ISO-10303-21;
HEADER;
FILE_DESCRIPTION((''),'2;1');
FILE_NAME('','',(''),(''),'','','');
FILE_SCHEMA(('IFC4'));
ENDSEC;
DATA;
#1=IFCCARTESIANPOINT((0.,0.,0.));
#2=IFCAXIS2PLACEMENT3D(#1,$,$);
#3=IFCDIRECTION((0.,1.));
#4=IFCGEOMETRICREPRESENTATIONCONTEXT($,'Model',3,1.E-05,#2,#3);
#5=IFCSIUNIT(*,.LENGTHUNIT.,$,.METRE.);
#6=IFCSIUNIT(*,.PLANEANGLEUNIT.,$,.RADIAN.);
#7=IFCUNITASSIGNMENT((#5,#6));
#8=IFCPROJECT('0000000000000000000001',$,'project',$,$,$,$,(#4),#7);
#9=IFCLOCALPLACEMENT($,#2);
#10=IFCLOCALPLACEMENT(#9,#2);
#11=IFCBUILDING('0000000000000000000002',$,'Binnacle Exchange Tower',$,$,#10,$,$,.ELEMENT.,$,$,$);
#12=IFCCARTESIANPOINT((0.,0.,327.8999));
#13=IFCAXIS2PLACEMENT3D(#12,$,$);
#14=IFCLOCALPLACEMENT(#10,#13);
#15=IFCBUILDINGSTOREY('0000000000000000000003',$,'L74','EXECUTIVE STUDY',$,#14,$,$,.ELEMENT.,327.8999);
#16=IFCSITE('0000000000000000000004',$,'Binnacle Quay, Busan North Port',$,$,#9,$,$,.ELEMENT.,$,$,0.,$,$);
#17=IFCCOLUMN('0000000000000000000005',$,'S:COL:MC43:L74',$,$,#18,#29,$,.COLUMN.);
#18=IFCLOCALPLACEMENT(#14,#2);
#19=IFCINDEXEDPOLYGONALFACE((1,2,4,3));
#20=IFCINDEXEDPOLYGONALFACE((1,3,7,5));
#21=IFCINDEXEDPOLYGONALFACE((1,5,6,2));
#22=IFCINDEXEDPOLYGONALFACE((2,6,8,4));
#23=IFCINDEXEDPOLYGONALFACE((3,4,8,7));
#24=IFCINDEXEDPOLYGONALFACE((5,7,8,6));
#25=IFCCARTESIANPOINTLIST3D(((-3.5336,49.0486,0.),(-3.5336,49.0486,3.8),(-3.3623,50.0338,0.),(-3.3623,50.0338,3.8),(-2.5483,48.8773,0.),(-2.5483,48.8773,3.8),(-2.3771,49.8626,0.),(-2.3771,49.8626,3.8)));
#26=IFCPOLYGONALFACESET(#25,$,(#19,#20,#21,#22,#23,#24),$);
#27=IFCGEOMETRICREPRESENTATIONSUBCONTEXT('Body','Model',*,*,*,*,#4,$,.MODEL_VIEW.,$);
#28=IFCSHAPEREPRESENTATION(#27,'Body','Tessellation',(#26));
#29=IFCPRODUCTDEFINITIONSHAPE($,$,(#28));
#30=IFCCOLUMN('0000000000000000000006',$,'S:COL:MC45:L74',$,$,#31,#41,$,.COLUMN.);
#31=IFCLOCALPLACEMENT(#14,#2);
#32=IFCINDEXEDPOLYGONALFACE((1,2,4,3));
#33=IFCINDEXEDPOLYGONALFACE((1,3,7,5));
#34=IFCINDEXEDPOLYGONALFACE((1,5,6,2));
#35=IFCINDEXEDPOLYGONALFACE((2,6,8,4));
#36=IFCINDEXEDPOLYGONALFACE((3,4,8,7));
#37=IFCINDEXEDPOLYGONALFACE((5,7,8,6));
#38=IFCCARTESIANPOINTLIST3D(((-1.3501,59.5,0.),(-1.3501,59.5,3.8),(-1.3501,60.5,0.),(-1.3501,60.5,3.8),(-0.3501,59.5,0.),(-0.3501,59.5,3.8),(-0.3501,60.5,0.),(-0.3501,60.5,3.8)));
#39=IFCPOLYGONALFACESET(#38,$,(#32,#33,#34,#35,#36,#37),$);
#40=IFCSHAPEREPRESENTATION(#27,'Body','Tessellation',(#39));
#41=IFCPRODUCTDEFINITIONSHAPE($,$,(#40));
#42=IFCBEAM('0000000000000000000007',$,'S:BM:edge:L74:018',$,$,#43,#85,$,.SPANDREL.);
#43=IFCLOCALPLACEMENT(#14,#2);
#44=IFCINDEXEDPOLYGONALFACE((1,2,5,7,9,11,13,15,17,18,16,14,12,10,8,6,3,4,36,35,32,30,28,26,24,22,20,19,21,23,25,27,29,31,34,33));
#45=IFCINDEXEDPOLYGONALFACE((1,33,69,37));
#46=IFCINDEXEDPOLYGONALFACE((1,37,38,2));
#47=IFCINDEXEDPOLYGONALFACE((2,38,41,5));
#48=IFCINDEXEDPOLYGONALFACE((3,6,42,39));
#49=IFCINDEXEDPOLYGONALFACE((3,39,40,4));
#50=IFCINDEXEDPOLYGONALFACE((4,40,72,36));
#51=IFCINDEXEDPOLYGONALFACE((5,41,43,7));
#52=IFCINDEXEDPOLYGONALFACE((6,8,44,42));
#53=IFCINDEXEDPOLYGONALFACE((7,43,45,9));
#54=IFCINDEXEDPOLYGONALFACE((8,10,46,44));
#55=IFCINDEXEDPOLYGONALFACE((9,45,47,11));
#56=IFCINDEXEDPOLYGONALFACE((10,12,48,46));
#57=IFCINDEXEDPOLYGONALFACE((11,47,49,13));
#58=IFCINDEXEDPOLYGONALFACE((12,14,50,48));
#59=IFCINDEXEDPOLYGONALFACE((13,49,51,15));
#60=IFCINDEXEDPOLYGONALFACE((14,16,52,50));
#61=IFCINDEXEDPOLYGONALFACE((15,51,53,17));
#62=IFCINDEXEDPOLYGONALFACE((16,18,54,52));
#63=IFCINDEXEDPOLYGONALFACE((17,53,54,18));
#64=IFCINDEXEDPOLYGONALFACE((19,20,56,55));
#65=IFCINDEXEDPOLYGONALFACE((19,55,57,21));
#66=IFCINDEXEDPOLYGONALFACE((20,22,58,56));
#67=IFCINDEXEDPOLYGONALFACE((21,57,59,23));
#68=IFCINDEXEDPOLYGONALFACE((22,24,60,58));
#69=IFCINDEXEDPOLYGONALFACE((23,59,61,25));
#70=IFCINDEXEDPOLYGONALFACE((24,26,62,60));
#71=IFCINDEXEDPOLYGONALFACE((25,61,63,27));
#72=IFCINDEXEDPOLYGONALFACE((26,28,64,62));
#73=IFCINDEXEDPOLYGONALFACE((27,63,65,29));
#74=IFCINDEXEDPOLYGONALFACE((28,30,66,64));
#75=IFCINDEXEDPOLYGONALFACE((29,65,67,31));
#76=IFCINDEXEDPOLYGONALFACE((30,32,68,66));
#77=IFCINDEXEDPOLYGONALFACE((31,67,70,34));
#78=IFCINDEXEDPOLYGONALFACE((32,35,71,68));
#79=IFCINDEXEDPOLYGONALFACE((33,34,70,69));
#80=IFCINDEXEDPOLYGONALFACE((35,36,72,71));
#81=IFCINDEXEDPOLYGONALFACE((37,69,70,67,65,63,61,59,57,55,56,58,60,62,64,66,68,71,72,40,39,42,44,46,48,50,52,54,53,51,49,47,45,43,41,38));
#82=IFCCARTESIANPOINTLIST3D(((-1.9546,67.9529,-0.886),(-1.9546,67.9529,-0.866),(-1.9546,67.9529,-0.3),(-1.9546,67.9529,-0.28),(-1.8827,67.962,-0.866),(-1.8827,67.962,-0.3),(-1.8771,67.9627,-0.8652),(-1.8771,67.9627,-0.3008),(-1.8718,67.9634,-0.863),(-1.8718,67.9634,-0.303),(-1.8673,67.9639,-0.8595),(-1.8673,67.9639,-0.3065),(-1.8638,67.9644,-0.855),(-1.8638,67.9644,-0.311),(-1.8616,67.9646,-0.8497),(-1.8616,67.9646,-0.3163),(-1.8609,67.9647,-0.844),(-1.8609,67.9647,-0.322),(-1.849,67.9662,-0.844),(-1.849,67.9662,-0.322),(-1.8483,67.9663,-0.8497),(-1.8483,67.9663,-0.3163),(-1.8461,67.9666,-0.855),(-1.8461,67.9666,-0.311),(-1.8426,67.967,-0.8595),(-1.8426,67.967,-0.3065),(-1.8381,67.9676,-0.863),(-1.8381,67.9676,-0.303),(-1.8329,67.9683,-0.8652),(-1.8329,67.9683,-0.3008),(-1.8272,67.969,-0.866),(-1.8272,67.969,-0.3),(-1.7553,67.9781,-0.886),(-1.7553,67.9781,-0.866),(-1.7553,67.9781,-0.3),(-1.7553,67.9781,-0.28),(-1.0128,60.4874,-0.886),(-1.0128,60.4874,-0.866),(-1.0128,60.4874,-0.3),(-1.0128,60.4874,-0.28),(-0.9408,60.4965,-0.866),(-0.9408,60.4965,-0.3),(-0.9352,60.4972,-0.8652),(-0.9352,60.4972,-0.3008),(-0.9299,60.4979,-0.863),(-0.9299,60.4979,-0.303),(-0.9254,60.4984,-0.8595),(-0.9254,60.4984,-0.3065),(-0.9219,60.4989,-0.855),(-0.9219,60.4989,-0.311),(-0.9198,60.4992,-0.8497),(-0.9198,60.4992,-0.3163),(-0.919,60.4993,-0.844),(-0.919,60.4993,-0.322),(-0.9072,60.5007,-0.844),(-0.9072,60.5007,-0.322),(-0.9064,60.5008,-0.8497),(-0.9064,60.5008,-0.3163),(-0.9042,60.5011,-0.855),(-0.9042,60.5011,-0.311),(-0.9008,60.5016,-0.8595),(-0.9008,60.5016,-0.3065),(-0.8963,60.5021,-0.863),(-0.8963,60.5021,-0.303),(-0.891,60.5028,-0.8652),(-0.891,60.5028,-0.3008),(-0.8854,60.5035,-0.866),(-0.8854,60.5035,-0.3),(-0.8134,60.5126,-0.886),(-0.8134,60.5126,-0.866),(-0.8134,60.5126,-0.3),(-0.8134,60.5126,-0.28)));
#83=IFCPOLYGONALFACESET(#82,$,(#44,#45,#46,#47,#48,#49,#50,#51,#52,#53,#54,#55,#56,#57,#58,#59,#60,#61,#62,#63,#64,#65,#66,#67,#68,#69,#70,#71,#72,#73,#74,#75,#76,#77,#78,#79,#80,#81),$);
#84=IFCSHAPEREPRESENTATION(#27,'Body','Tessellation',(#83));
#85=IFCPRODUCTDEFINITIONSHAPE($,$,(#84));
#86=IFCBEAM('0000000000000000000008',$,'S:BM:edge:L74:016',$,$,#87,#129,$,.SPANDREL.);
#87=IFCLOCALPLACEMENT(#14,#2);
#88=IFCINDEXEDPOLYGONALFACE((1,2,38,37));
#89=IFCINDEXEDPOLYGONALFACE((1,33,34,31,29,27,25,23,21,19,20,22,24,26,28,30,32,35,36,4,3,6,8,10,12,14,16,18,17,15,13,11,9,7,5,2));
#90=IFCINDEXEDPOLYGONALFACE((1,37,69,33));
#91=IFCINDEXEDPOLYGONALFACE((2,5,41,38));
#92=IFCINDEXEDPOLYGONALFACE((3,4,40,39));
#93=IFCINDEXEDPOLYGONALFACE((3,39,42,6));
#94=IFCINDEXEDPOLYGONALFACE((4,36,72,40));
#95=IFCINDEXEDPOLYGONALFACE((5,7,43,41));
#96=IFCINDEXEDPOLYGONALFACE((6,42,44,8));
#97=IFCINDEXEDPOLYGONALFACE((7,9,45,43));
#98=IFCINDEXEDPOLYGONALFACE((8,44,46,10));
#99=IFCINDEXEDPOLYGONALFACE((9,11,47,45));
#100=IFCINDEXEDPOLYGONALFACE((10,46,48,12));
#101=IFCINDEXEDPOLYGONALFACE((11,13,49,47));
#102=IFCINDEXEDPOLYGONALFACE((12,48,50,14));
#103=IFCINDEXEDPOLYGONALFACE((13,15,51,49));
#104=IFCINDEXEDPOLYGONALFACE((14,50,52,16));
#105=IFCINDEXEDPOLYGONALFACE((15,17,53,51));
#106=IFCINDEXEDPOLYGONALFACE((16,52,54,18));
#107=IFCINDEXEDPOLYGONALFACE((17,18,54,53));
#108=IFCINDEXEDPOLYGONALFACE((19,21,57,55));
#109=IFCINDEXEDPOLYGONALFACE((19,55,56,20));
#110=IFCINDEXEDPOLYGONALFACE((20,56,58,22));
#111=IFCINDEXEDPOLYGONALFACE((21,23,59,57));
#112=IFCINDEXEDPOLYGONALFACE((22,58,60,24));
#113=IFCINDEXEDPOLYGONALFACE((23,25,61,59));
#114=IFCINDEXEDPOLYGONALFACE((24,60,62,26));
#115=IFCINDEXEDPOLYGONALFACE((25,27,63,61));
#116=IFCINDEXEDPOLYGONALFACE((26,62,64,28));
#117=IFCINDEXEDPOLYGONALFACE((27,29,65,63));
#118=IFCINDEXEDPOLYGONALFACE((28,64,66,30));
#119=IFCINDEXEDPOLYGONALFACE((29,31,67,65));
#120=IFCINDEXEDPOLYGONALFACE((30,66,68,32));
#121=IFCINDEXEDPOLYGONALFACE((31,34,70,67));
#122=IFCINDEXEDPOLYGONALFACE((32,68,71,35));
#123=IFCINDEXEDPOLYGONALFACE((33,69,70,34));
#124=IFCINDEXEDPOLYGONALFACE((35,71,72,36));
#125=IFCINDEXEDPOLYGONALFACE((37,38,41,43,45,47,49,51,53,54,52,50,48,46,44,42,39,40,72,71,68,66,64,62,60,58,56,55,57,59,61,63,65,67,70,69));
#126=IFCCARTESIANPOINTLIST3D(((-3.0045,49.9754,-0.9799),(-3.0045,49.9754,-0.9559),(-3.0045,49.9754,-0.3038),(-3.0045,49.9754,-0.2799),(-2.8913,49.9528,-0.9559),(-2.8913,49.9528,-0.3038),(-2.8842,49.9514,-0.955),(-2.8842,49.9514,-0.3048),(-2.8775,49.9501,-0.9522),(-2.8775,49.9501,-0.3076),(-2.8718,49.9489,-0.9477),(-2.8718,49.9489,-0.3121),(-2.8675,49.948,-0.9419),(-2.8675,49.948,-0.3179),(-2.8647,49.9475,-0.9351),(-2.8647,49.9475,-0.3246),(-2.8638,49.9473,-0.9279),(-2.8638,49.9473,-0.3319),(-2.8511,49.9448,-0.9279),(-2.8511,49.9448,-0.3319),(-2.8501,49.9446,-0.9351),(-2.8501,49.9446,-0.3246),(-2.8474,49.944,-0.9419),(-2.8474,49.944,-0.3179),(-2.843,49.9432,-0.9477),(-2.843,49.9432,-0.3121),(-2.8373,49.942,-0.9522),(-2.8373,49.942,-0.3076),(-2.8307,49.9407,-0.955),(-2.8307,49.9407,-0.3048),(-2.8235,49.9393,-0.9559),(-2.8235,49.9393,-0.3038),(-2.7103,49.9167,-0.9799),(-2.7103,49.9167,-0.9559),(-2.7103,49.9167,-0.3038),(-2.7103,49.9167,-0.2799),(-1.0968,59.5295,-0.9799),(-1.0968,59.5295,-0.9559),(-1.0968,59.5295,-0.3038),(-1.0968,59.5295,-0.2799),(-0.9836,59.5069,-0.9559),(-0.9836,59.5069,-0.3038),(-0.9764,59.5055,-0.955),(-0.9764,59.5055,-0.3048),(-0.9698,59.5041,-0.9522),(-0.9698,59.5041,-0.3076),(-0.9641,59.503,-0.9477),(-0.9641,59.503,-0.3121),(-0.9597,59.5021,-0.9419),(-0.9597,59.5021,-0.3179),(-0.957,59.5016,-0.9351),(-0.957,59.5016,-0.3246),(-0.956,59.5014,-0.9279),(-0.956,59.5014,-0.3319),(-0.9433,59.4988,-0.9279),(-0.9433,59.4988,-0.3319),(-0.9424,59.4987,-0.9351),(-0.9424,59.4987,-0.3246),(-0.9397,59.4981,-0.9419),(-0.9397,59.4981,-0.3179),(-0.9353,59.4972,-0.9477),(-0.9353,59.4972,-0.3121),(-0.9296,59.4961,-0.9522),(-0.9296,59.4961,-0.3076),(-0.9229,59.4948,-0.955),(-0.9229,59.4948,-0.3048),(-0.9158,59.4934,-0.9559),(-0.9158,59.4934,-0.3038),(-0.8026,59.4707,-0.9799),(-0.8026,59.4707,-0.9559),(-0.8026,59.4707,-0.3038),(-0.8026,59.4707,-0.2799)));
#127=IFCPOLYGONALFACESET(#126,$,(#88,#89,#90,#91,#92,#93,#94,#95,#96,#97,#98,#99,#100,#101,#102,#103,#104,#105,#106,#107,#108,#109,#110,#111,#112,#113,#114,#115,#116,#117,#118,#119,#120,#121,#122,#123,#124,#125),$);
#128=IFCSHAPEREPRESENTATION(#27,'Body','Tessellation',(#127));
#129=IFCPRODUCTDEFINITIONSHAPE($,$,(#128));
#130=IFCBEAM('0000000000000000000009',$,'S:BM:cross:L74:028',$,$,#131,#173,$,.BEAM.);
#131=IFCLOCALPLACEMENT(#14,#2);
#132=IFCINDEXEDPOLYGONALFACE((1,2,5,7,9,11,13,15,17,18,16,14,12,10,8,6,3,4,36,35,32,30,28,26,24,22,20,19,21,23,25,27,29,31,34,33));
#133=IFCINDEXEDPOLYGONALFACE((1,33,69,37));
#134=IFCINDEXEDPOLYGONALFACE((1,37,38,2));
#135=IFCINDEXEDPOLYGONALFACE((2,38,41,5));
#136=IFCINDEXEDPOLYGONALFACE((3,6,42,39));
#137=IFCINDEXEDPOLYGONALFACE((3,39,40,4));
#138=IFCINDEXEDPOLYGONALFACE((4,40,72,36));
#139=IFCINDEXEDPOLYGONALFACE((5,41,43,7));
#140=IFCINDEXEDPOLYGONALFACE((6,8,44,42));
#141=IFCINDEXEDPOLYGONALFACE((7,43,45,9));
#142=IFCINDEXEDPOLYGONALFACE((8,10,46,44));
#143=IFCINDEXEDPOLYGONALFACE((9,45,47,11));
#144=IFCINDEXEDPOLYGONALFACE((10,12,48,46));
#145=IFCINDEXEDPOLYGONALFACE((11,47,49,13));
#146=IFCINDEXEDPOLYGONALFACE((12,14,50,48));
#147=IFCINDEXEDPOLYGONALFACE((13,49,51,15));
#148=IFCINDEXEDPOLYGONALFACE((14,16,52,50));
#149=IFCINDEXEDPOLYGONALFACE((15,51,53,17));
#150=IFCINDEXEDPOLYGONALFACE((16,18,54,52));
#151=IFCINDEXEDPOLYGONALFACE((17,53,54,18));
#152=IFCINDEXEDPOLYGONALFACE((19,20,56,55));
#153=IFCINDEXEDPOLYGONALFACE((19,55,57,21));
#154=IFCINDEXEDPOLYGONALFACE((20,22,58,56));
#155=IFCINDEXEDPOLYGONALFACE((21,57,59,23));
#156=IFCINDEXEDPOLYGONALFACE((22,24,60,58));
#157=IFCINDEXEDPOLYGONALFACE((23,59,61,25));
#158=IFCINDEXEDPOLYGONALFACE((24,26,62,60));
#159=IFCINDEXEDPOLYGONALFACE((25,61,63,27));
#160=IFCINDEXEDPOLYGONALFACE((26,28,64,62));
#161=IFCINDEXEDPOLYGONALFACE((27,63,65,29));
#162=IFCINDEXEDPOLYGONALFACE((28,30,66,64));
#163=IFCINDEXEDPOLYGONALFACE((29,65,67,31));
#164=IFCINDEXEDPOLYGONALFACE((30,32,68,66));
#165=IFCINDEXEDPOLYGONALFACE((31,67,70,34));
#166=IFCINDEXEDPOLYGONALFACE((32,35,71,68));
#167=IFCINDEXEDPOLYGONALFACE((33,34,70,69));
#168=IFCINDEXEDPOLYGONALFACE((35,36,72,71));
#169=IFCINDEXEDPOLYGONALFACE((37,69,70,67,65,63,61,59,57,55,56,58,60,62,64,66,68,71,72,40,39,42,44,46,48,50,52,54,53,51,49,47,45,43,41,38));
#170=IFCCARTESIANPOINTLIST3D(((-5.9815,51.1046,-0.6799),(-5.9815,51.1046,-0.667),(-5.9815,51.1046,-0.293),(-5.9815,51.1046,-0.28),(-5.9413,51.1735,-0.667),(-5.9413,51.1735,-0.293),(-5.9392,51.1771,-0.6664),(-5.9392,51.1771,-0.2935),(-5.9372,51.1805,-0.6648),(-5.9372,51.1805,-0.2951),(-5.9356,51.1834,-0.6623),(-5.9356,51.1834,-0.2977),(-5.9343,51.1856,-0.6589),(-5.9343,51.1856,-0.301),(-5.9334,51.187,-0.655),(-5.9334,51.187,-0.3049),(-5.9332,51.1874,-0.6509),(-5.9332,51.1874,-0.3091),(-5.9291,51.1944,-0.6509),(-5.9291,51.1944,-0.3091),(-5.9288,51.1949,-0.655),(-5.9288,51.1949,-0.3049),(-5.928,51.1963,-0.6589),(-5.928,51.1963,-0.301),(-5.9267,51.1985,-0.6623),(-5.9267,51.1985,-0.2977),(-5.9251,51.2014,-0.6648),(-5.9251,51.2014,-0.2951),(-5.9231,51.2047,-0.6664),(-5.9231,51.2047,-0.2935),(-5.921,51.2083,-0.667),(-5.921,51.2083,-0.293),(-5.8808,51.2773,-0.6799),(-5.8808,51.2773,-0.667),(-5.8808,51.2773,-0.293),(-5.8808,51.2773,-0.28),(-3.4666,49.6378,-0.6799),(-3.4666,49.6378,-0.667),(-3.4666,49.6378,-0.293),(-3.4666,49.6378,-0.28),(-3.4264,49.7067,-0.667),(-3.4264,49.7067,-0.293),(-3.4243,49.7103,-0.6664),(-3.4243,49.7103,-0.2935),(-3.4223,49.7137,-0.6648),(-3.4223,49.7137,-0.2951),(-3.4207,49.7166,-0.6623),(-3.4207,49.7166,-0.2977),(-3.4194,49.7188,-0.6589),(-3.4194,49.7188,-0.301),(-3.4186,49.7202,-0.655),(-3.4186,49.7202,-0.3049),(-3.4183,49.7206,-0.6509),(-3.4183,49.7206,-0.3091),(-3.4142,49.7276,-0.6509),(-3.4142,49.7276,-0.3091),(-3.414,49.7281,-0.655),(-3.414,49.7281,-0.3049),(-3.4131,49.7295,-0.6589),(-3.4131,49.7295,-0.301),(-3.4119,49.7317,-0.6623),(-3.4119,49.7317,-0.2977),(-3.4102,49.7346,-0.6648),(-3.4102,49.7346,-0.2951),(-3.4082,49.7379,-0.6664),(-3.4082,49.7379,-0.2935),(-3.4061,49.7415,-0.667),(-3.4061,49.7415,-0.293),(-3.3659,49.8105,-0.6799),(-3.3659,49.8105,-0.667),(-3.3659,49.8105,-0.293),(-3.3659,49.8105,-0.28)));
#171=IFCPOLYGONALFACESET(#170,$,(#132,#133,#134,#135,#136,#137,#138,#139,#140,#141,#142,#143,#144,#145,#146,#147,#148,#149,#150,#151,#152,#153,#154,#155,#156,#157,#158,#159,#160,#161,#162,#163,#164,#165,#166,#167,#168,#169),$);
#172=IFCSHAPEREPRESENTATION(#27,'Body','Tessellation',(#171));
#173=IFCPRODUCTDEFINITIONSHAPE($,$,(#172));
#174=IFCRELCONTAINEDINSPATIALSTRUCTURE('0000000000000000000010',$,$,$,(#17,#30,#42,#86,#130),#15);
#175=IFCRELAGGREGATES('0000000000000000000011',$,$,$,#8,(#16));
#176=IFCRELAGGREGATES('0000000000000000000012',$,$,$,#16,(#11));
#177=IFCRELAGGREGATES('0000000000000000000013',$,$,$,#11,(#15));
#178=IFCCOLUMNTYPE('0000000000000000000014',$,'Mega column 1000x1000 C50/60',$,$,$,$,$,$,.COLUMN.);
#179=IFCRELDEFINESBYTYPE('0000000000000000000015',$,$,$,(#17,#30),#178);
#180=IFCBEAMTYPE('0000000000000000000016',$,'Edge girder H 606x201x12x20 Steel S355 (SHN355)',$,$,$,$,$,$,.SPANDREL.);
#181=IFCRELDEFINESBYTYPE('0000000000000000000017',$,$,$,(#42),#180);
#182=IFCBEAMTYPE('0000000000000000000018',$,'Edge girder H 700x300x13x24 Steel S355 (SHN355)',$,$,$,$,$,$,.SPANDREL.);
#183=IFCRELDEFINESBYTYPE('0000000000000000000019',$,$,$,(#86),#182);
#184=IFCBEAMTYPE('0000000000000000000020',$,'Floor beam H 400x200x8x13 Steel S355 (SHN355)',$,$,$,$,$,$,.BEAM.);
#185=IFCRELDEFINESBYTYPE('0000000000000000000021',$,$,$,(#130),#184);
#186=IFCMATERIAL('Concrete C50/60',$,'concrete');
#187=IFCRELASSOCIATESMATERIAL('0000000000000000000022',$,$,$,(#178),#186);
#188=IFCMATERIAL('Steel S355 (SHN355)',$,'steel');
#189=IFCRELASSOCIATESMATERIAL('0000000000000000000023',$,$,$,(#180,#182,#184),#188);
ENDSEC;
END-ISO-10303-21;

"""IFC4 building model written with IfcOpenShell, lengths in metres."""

from ifc_helpers import new_model, si_unit, direction, frame, origin, origin_2d, place, context, subcontext, project, spatial, rectangle, i_section, extrude, material, material_profile, profile_set, type_object, element, save


model = new_model("IFC4")

# Units and contexts
model_context = context("Model", 3, precision=1e-05, world=origin(), true_north=direction((0.0, 1.0)))
body_context = subcontext(model_context, "Body", "Model", "MODEL_VIEW")
ifc_project = project(units=[si_unit("LENGTHUNIT", "METRE"), si_unit("PLANEANGLEUNIT", "RADIAN")], contexts=[model_context])

# Site, building, storey
site_placement = place(None, origin())
site = spatial("IfcSite", under=ifc_project, at=site_placement, Name="Binnacle Quay, Busan North Port", CompositionType="ELEMENT", RefElevation=0.0)
building_placement = place(site_placement, origin())
building = spatial("IfcBuilding", under=site, at=building_placement, Name="Binnacle Exchange Tower", CompositionType="ELEMENT")
storey_placement = place(building_placement, frame((0.0, 0.0, 327.8999)))
storey = spatial("IfcBuildingStorey", under=building, at=storey_placement, Name="L74", Description="EXECUTIVE STUDY", CompositionType="ELEMENT", Elevation=327.8999)

# Columns
ifc_material_1 = material(Name="Concrete C50/60", Category="concrete")
ifc_material_profile_1 = material_profile(ifc_material_1, rectangle(XDim=1.0, YDim=1.0, at=origin_2d()), Name="Mega column 1000x1000 C50/60")
ifc_profile_set_1 = profile_set([ifc_material_profile_1], Name="Concrete C50/60")
column_type = type_object("IfcColumnType", Name="Mega column 1000x1000 C50/60", PredefinedType="COLUMN", material=ifc_profile_set_1)
for number, where, z_axis, x_axis, name in (
    (1, (-2.9553, 49.4556, 0.0), (0.0, 0.0, 1.0), (-0.985226, 0.171259, 0.0), "S:COL:MC43:L74"),
    (2, (-0.8501, 60.0, 0.0), (0.0, 0.0, 1.0), (0.0, 1.0, 0.0), "S:COL:MC45:L74"),
):
    element("IfcColumn", number, at=place(storey_placement, frame(where, z_axis=z_axis, x_axis=x_axis)), inside=storey, type_object=column_type, Name=name, PredefinedType="COLUMN", context=body_context, shape_type="SweptSolid", body=[
        extrude(rectangle(XDim=1.0, YDim=1.0, at=origin_2d()), origin(), (0.0, 0.0, 1.0), 3.8),
    ])

# Beams
ifc_material_2 = material(Name="Steel S355 (SHN355)", Category="steel")
ifc_material_profile_2 = material_profile(ifc_material_2, i_section(OverallWidth=0.2009, OverallDepth=0.606, WebThickness=0.012, FlangeThickness=0.02, FilletRadius=0.022, at=origin_2d()), Name="H 606x201x12x20")
ifc_profile_set_2 = profile_set([ifc_material_profile_2], Name="Steel S355 (SHN355)")
beam_type_1 = type_object("IfcBeamType", Name="Edge girder H 606x201x12x20 Steel S355 (SHN355)", PredefinedType="SPANDREL", material=ifc_profile_set_2)
beam_1_placement = place(storey_placement, frame((-0.9131, 60.5, -0.583), z_axis=(-0.125173, 0.992135, 0.0), x_axis=(-0.992135, -0.125173, 0.0)))
element("IfcBeam", 3, at=beam_1_placement, inside=storey, type_object=beam_type_1, Name="S:BM:edge:L74:018", PredefinedType="SPANDREL", context=body_context, shape_type="SweptSolid", body=[
    extrude(i_section(OverallWidth=0.2009, OverallDepth=0.606, WebThickness=0.012, FlangeThickness=0.02, FilletRadius=0.022, at=origin_2d()), origin(), (0.0, 0.0, 1.0), 7.5247),
])
ifc_material_profile_3 = material_profile(ifc_material_2, i_section(OverallWidth=0.3, OverallDepth=0.7, WebThickness=0.0129, FlangeThickness=0.0239, FilletRadius=0.0281, at=origin_2d()), Name="H 700x300x13x24")
ifc_profile_set_3 = profile_set([ifc_material_profile_3], Name="Steel S355 (SHN355)")
beam_type_2 = type_object("IfcBeamType", Name="Edge girder H 700x300x13x24 Steel S355 (SHN355)", PredefinedType="SPANDREL", material=ifc_profile_set_3)
beam_2_placement = place(storey_placement, frame((-2.8574, 49.946, -0.6299), z_axis=(0.195813, 0.980641, 0.0), x_axis=(-0.980641, 0.195813, 0.0)))
element("IfcBeam", 4, at=beam_2_placement, inside=storey, type_object=beam_type_2, Name="S:BM:edge:L74:016", PredefinedType="SPANDREL", context=body_context, shape_type="SweptSolid", body=[
    extrude(i_section(OverallWidth=0.3, OverallDepth=0.7, WebThickness=0.0129, FlangeThickness=0.0239, FilletRadius=0.0281, at=origin_2d()), origin(), (0.0, 0.0, 1.0), 9.7427),
])
ifc_material_profile_4 = material_profile(ifc_material_2, i_section(OverallWidth=0.2, OverallDepth=0.3999, WebThickness=0.0081, FlangeThickness=0.0129, FilletRadius=0.0161, at=origin_2d()), Name="H 400x200x8x13")
ifc_profile_set_4 = profile_set([ifc_material_profile_4], Name="Steel S355 (SHN355)")
beam_type_3 = type_object("IfcBeamType", Name="Floor beam H 400x200x8x13 Steel S355 (SHN355)", PredefinedType="BEAM", material=ifc_profile_set_4)
beam_3_placement = place(storey_placement, frame((-3.4163, 49.7241, -0.48), z_axis=(-0.863812, 0.503814, 0.0), x_axis=(-0.503814, -0.863812, 0.0)))
element("IfcBeam", 5, at=beam_3_placement, inside=storey, type_object=beam_type_3, Name="S:BM:cross:L74:028", PredefinedType="BEAM", context=body_context, shape_type="SweptSolid", body=[
    extrude(i_section(OverallWidth=0.2, OverallDepth=0.3999, WebThickness=0.0081, FlangeThickness=0.0129, FilletRadius=0.0161, at=origin_2d()), origin(), (0.0, 0.0, 1.0), 2.9114),
])

save(model, "model.ifc")
